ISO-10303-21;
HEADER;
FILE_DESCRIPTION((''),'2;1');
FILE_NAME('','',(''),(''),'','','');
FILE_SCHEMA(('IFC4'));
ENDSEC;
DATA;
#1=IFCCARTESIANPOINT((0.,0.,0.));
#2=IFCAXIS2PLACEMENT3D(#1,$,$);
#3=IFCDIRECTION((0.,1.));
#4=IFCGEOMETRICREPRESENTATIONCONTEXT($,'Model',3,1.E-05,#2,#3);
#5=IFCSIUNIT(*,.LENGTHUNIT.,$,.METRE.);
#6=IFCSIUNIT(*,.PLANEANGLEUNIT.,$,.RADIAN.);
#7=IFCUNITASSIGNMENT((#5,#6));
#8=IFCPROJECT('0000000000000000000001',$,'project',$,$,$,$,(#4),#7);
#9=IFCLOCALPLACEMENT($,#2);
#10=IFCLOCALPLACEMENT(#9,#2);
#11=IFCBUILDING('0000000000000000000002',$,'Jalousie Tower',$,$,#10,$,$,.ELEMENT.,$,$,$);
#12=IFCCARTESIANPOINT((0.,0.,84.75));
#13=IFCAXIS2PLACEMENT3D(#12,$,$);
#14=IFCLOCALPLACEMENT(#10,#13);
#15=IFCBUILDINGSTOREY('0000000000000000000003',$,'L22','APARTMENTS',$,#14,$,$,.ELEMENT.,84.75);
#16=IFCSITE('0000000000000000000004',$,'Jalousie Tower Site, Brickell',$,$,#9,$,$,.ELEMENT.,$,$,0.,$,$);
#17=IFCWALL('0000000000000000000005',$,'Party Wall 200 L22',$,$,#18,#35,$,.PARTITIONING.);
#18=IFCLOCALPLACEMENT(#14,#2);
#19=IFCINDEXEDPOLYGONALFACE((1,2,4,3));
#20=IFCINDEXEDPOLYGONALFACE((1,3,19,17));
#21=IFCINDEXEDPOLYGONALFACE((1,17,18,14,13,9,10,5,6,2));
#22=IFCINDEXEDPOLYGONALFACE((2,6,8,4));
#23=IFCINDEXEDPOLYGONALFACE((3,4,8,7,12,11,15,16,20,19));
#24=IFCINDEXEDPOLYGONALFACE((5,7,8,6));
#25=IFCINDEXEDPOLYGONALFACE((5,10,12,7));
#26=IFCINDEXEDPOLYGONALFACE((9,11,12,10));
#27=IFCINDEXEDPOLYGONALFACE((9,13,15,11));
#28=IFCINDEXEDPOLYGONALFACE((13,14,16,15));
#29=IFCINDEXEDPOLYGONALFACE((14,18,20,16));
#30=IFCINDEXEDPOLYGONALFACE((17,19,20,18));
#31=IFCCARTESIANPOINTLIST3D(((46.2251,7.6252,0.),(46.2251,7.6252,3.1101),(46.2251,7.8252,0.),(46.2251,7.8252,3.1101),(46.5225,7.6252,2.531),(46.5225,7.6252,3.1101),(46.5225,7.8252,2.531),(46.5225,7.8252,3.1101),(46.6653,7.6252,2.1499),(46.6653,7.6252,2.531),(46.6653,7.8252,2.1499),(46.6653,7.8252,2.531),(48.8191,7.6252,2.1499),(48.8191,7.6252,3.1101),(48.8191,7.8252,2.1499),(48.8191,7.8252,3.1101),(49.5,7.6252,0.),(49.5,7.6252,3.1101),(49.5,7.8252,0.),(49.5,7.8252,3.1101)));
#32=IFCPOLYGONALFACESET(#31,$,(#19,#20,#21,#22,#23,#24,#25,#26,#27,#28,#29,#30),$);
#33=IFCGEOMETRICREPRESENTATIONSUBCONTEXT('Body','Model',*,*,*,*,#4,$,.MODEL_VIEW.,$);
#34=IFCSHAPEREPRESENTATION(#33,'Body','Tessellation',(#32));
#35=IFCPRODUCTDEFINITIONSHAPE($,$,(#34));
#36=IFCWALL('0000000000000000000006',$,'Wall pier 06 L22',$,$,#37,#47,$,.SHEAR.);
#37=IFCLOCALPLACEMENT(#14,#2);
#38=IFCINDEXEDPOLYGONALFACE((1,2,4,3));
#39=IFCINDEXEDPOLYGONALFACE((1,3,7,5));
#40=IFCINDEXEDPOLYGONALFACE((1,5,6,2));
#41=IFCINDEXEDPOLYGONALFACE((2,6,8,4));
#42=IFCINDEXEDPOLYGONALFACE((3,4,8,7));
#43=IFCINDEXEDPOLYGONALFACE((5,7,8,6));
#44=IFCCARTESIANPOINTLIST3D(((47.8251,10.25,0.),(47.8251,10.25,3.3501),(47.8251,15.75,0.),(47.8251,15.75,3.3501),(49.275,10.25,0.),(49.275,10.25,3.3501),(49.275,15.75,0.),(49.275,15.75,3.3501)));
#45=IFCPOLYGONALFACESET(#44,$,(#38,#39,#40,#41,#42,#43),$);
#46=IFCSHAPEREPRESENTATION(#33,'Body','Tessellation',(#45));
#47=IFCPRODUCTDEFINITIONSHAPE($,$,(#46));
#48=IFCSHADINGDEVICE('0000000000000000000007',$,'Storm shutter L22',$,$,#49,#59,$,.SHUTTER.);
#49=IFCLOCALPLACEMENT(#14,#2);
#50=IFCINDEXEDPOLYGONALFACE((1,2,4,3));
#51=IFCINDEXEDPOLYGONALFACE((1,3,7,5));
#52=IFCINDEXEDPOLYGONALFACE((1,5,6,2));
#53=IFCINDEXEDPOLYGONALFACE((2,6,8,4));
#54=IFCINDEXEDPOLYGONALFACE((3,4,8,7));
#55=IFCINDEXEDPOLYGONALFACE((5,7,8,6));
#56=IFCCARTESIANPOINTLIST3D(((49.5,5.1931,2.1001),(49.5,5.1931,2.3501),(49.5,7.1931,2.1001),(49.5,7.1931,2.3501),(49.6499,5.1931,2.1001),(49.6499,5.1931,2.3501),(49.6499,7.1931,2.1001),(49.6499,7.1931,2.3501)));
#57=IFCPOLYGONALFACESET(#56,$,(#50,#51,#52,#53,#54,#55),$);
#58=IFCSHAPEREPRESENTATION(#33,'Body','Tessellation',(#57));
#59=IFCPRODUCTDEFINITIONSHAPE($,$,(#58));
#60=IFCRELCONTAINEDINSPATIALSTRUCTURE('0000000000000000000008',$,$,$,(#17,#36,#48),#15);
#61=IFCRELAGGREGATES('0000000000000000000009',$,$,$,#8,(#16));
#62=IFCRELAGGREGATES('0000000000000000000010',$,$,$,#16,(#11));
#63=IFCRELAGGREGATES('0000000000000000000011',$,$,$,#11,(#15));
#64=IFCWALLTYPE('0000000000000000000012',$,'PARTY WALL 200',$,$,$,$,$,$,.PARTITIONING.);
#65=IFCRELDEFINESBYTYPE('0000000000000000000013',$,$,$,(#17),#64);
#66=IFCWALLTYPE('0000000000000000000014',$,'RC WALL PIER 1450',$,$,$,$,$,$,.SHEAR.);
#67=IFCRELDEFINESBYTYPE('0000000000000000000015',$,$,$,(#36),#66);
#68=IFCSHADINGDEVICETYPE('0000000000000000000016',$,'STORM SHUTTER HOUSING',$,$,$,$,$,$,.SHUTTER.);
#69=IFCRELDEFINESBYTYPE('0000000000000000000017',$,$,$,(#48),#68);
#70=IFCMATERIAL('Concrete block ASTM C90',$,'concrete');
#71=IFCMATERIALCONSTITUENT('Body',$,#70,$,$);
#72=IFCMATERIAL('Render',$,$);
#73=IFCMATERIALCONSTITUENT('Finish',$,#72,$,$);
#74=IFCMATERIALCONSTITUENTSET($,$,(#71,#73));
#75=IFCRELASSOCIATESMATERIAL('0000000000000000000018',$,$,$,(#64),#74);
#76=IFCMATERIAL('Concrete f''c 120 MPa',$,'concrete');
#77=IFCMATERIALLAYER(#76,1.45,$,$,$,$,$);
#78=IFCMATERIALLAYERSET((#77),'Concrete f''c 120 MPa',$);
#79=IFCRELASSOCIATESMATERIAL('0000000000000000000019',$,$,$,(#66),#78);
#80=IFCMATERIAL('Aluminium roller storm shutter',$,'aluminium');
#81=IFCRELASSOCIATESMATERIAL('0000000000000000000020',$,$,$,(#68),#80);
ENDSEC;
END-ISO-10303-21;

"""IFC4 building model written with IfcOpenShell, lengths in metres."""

from ifc_helpers import new_model, si_unit, direction, frame, frame_2d, origin, origin_2d, place, context, subcontext, project, spatial, polyline, rectangle, outline, extrude, material, layer, layer_set, constituent, constituent_set, type_object, element, save


model = new_model("IFC4")

# Units and contexts
model_context = context("Model", 3, precision=1e-05, world=origin(), true_north=direction((0.0, 1.0)))
body_context = subcontext(model_context, "Body", "Model", "MODEL_VIEW")
ifc_project = project(units=[si_unit("LENGTHUNIT", "METRE"), si_unit("PLANEANGLEUNIT", "RADIAN")], contexts=[model_context])

# Site, building, storey
site_placement = place(None, origin())
site = spatial("IfcSite", under=ifc_project, at=site_placement, Name="Jalousie Tower Site, Brickell", CompositionType="ELEMENT", RefElevation=0.0)
building_placement = place(site_placement, origin())
building = spatial("IfcBuilding", under=site, at=building_placement, Name="Jalousie Tower", CompositionType="ELEMENT")
storey_placement = place(building_placement, frame((0.0, 0.0, 84.75)))
storey = spatial("IfcBuildingStorey", under=building, at=storey_placement, Name="L22", Description="APARTMENTS", CompositionType="ELEMENT", Elevation=84.75)

# Walls
ifc_material_1 = material(Name="Concrete block ASTM C90", Category="concrete")
ifc_constituent_1 = constituent(ifc_material_1, Name="Body")
ifc_material_2 = material(Name="Render")
ifc_constituent_2 = constituent(ifc_material_2, Name="Finish")
ifc_constituent_set_1 = constituent_set(constituents=[ifc_constituent_1, ifc_constituent_2])
wall_type_1 = type_object("IfcWallType", Name="PARTY WALL 200", PredefinedType="PARTITIONING", material=ifc_constituent_set_1)
wall_1_placement = place(storey_placement, frame((46.2251, 7.7251, 0.0), z_axis=(0.0, 0.0, 1.0), x_axis=(1.0, 0.0, 0.0)))
element("IfcWall", 1, at=wall_1_placement, inside=storey, type_object=wall_type_1, Name="Party Wall 200 L22", PredefinedType="PARTITIONING", context=body_context, shape_type="SweptSolid", body=[
    extrude(outline(polyline([(0.0, 0.0), (3.2749, 0.0), (3.2749, 3.1101), (2.594, 3.1101), (2.594, 2.1499), (0.4402, 2.1499), (0.4402, 2.531), (0.2974, 2.531), (0.2974, 3.1101), (0.0, 3.1101), (0.0, 0.0)])), frame((0.0, 0.1001, 0.0), z_axis=(0.0, -1.0, 0.0), x_axis=(1.0, 0.0, 0.0)), (0.0, 0.0, 1.0), 0.2),
])
ifc_material_3 = material(Name="Concrete f'c 120 MPa", Category="concrete")
ifc_layer_1 = layer(ifc_material_3, 1.45)
ifc_layer_set_1 = layer_set([ifc_layer_1], Name="Concrete f'c 120 MPa")
wall_type_2 = type_object("IfcWallType", Name="RC WALL PIER 1450", PredefinedType="SHEAR", material=ifc_layer_set_1)
wall_2_placement = place(storey_placement, frame((48.55, 10.25, 0.0), z_axis=(0.0, 0.0, 1.0), x_axis=(0.0, 1.0, 0.0)))
element("IfcWall", 2, at=wall_2_placement, inside=storey, type_object=wall_type_2, Name="Wall pier 06 L22", PredefinedType="SHEAR", context=body_context, shape_type="SweptSolid", body=[
    extrude(rectangle(XDim=5.5, YDim=1.45, at=frame_2d((2.75, 0.0))), origin(), (0.0, 0.0, 1.0), 3.3501),
])

# Shading device
ifc_material_4 = material(Name="Aluminium roller storm shutter", Category="aluminium")
shading_device_type = type_object("IfcShadingDeviceType", Name="STORM SHUTTER HOUSING", PredefinedType="SHUTTER", material=ifc_material_4)
shading_device_placement = place(storey_placement, frame((49.575, 6.1931, 2.1001), z_axis=(0.0, 0.0, 1.0), x_axis=(0.0, 1.0, 0.0)))
element("IfcShadingDevice", 3, at=shading_device_placement, inside=storey, type_object=shading_device_type, Name="Storm shutter L22", PredefinedType="SHUTTER", context=body_context, shape_type="SweptSolid", body=[
    extrude(rectangle(XDim=2.0, YDim=0.1499, at=origin_2d()), origin(), (0.0, 0.0, 1.0), 0.25),
])

save(model, "model.ifc")
